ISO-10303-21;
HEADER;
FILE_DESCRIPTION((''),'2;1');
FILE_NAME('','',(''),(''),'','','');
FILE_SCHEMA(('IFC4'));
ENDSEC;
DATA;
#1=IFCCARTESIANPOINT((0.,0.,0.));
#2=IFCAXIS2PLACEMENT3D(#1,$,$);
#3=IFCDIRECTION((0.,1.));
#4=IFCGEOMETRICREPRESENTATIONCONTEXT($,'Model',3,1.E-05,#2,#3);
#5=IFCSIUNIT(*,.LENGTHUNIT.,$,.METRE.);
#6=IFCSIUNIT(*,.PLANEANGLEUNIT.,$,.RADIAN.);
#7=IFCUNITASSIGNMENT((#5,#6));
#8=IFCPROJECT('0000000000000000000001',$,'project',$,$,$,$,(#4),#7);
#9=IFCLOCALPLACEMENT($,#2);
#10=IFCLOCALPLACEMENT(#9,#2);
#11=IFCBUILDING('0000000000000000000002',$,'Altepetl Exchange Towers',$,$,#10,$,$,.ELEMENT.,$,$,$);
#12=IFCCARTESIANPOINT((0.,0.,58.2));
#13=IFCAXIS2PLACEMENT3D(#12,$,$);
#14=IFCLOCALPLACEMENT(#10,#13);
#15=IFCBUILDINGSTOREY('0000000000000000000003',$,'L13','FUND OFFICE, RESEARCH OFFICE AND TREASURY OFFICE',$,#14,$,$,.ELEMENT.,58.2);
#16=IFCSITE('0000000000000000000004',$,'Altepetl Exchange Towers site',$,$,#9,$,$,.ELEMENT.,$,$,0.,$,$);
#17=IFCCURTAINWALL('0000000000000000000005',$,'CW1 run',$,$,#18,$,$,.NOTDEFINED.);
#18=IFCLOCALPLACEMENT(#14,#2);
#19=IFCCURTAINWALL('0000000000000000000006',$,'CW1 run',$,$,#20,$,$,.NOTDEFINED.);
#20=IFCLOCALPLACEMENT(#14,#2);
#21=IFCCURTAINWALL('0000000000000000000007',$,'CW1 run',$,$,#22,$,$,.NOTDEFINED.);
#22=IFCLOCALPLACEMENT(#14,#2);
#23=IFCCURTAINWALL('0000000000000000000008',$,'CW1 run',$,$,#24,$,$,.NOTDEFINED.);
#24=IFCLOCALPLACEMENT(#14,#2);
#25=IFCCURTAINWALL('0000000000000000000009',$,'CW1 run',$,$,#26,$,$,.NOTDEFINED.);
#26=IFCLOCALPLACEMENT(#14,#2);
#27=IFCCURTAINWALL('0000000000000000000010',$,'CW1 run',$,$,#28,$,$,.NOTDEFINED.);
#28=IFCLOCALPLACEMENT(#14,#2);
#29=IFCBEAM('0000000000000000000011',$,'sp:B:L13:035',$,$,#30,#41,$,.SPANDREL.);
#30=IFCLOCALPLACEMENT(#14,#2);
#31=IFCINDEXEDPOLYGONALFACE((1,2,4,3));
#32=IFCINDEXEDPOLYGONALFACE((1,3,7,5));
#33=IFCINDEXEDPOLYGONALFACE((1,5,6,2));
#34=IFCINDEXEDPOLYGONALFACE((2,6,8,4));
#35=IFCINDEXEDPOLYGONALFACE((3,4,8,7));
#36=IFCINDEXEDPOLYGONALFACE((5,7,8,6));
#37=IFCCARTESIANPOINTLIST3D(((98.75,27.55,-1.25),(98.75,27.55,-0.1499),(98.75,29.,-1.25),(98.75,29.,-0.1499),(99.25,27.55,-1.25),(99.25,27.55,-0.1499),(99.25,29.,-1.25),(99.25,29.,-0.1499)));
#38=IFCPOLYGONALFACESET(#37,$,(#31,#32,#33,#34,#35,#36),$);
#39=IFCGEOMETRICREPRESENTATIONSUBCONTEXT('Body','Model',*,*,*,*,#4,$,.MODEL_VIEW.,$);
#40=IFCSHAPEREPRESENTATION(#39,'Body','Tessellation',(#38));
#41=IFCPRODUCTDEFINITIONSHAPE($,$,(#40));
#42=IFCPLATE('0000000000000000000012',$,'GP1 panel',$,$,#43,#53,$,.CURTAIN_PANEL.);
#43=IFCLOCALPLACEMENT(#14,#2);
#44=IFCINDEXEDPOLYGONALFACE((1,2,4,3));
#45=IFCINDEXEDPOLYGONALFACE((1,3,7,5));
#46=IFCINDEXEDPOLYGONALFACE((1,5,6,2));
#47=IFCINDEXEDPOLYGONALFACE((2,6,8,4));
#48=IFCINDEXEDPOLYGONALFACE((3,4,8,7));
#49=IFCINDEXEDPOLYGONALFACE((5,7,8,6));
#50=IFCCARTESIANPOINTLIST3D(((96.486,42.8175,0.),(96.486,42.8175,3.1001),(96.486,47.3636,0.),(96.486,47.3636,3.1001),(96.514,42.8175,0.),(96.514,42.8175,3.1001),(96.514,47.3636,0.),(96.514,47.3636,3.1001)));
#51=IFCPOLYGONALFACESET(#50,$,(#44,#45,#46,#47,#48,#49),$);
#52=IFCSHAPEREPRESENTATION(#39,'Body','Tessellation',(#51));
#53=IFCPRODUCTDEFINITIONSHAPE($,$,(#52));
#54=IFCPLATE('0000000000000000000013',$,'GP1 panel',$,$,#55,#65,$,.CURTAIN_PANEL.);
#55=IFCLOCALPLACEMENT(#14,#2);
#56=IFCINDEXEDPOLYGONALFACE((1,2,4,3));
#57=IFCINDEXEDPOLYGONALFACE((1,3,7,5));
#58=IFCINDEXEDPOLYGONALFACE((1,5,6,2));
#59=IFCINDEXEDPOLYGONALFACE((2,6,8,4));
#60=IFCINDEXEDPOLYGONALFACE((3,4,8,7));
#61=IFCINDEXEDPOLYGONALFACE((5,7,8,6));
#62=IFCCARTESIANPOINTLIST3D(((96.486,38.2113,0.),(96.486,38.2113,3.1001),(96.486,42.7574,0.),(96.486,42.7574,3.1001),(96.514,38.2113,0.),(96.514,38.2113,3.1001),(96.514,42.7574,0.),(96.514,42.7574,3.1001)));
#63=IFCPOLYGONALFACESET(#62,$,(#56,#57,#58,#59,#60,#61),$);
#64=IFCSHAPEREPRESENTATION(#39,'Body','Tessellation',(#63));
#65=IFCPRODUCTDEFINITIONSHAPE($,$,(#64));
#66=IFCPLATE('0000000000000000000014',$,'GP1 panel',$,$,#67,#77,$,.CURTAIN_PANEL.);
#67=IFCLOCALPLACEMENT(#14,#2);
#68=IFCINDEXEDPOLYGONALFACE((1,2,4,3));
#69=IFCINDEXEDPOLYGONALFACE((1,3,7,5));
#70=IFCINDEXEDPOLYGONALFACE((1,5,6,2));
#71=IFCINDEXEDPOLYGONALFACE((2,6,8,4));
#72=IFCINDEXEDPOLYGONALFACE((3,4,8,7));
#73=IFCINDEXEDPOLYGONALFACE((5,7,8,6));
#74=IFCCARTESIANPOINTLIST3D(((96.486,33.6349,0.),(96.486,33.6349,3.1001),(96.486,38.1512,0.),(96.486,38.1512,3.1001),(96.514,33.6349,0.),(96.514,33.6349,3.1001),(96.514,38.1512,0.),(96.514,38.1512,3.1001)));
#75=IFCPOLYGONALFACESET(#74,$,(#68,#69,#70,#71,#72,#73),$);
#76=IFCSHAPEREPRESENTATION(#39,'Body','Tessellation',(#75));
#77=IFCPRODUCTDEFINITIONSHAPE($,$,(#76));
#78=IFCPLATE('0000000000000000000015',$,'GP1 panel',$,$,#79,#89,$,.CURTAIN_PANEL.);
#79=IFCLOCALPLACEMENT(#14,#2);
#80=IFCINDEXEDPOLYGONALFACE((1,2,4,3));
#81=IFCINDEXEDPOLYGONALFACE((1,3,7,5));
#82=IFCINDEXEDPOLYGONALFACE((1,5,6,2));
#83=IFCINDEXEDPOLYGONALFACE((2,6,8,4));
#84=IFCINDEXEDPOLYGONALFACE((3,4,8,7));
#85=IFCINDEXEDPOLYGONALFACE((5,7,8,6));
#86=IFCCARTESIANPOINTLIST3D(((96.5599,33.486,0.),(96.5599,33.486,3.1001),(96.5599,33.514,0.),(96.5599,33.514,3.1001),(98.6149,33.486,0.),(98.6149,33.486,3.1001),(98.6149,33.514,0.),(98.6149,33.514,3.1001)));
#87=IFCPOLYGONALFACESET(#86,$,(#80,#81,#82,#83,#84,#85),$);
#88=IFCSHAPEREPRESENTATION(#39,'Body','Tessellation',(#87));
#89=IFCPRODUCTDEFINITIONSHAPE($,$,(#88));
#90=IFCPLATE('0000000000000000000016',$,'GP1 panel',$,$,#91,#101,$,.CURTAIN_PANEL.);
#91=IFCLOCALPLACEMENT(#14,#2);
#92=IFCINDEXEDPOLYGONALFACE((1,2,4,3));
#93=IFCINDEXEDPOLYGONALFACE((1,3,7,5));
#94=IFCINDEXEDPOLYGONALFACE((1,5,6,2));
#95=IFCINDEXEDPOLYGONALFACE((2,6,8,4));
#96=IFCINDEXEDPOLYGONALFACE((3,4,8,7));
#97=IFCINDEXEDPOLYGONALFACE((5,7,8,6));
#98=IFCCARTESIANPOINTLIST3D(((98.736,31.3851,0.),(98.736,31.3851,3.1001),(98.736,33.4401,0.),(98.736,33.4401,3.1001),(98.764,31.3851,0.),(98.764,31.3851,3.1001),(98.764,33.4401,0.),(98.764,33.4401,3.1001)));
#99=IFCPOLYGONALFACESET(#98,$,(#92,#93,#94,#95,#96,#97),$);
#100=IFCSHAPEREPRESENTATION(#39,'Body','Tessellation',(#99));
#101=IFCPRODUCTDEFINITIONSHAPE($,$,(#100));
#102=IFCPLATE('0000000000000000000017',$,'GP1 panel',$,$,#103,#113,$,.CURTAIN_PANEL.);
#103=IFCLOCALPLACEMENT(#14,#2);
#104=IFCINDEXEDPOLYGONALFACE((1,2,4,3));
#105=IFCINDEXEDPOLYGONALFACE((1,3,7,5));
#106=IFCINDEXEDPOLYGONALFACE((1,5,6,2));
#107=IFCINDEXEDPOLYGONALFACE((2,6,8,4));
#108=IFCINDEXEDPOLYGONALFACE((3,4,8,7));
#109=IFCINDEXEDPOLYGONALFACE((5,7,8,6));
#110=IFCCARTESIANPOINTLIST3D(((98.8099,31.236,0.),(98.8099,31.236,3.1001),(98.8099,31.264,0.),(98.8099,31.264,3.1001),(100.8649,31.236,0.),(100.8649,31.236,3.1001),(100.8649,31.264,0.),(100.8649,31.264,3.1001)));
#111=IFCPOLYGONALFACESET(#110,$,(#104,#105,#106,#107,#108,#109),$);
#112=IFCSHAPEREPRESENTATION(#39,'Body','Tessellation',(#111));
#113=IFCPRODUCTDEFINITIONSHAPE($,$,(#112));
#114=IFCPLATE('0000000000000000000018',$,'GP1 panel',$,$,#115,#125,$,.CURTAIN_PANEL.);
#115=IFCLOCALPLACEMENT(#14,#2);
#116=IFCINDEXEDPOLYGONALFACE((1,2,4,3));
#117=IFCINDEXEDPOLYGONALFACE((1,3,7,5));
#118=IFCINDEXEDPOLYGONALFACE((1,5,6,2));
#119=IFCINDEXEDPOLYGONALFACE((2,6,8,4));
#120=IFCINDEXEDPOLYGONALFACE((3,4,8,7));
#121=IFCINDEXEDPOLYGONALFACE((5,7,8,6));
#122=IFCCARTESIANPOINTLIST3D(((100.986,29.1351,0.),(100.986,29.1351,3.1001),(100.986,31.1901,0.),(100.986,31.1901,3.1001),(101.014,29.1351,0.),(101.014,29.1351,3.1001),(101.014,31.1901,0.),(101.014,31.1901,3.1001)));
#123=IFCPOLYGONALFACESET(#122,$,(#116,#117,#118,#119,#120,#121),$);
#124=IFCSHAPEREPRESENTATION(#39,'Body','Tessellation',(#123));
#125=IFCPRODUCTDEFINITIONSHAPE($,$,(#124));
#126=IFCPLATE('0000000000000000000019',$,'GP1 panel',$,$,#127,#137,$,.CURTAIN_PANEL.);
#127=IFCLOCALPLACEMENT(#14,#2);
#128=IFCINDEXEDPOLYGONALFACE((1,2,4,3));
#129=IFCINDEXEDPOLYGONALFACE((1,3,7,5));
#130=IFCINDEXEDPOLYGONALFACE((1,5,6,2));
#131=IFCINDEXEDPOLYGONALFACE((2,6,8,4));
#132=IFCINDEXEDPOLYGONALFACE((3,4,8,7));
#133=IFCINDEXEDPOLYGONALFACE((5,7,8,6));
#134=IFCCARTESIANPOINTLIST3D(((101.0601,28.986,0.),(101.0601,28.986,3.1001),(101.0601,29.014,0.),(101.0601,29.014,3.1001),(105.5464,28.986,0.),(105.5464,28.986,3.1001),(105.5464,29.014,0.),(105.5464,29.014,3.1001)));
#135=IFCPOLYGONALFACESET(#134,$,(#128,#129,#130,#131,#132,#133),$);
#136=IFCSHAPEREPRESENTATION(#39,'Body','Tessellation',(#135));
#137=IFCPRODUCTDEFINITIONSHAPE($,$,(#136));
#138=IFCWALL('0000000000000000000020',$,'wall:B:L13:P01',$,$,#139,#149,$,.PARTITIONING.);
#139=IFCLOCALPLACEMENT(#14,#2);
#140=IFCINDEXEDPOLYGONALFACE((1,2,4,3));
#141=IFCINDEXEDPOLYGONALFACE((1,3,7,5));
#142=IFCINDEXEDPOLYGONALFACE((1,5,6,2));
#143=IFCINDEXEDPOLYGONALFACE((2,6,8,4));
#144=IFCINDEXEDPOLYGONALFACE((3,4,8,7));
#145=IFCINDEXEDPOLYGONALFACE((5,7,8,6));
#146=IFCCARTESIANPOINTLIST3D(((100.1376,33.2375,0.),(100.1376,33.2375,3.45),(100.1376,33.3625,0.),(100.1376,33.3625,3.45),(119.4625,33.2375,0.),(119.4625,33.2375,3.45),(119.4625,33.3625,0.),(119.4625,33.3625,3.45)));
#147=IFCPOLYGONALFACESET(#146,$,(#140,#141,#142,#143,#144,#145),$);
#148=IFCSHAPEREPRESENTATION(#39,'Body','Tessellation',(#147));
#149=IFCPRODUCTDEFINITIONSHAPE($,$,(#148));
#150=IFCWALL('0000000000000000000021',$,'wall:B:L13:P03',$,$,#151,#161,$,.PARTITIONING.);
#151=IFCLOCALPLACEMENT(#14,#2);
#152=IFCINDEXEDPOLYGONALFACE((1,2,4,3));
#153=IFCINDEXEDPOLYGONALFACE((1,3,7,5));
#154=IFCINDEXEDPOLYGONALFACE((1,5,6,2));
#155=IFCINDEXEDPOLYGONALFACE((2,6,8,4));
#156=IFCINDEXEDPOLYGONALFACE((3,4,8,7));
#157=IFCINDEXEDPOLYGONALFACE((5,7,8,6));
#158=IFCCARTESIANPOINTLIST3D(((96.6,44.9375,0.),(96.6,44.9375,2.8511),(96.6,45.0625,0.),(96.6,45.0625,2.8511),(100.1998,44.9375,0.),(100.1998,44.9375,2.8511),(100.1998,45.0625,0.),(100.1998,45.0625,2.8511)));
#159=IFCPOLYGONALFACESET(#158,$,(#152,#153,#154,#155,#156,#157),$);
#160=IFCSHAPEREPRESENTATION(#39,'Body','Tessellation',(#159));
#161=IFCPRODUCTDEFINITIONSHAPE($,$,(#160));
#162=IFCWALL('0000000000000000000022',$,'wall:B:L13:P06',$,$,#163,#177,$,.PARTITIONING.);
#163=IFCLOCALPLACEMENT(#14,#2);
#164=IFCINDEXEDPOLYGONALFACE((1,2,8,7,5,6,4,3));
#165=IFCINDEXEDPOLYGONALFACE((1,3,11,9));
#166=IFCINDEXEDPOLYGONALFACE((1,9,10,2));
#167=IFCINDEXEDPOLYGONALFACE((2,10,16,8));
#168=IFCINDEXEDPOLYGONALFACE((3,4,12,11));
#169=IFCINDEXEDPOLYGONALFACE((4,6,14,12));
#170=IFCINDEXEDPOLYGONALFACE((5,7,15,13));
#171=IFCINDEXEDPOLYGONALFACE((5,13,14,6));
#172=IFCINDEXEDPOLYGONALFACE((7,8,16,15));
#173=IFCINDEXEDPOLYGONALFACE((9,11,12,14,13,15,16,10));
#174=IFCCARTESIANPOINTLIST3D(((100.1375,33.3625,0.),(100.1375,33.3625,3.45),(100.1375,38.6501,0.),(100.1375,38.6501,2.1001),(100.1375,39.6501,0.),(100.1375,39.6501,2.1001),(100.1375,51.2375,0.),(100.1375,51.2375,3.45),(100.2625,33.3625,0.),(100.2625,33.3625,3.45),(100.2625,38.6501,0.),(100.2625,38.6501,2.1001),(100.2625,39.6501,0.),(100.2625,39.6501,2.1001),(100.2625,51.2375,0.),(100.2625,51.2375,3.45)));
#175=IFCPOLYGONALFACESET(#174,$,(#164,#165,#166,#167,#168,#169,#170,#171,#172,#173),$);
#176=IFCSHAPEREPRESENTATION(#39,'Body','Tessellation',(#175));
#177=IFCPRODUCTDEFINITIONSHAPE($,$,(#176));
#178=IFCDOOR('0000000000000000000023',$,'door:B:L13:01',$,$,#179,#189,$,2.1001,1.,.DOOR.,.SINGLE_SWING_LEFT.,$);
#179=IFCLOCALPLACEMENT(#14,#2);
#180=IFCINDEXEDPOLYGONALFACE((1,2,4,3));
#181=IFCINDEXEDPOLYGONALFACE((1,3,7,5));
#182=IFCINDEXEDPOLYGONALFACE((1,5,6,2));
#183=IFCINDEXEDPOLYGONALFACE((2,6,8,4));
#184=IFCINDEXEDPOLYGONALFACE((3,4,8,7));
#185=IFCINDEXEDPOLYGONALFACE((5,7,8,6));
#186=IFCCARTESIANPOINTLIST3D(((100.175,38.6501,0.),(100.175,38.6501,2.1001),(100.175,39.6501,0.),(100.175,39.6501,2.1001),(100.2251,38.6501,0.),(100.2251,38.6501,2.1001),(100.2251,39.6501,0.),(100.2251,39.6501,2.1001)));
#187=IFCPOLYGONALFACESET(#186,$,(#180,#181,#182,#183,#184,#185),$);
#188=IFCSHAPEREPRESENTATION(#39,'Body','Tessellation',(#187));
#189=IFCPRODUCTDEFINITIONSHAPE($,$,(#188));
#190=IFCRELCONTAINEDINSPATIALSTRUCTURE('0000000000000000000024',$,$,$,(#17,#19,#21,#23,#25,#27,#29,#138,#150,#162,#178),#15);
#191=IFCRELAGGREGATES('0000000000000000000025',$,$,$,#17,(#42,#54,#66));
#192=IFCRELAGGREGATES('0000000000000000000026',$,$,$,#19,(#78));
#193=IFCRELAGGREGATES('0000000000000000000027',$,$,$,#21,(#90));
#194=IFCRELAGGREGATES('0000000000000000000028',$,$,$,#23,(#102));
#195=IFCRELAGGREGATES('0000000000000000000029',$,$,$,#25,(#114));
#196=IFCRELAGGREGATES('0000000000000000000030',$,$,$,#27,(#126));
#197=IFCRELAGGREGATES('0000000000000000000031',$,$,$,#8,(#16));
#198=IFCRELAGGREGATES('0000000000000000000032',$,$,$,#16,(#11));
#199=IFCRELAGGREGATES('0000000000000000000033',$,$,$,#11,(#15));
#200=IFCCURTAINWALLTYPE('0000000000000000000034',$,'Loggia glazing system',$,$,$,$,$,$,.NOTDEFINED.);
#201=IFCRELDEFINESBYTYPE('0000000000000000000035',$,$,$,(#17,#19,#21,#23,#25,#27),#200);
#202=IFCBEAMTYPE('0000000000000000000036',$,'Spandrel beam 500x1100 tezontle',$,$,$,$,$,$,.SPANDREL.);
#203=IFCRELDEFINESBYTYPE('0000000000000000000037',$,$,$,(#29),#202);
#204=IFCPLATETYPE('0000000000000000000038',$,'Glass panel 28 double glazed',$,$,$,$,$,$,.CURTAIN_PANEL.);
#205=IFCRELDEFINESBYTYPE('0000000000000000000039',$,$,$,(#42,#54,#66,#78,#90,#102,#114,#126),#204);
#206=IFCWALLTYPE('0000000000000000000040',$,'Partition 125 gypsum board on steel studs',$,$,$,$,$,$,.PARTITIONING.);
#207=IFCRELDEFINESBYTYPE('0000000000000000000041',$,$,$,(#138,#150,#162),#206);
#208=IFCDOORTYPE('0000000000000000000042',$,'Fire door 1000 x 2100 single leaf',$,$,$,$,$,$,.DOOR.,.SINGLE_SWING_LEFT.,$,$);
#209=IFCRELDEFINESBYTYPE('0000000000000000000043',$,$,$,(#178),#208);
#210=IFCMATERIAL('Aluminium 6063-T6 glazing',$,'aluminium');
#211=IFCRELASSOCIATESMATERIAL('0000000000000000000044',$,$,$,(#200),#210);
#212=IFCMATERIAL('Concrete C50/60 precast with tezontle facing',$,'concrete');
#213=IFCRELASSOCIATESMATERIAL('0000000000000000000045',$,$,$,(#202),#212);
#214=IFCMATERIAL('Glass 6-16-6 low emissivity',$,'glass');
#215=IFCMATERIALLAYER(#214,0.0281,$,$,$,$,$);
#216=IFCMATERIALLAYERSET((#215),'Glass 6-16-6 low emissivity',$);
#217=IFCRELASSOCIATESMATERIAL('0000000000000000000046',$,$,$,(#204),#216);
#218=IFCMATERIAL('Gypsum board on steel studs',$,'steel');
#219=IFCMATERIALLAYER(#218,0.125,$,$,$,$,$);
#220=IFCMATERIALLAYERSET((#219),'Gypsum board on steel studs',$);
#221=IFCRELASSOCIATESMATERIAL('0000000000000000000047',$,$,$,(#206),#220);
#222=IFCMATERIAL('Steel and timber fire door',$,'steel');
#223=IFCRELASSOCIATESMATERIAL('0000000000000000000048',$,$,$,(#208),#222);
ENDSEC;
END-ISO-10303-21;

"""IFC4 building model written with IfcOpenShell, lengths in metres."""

from ifc_helpers import new_model, si_unit, direction, frame, frame_2d, origin, origin_2d, place, context, subcontext, project, spatial, rectangle, extrude, material, layer, layer_set, material_profile, profile_set, type_object, element, fill, aggregate, save


model = new_model("IFC4")

# Units and contexts
model_context = context("Model", 3, precision=1e-05, world=origin(), true_north=direction((0.0, 1.0)))
body_context = subcontext(model_context, "Body", "Model", "MODEL_VIEW")
ifc_project = project(units=[si_unit("LENGTHUNIT", "METRE"), si_unit("PLANEANGLEUNIT", "RADIAN")], contexts=[model_context])

# Site, building, storey
site_placement = place(None, origin())
site = spatial("IfcSite", under=ifc_project, at=site_placement, Name="Altepetl Exchange Towers site", CompositionType="ELEMENT", RefElevation=0.0)
building_placement = place(site_placement, origin())
building = spatial("IfcBuilding", under=site, at=building_placement, Name="Altepetl Exchange Towers", CompositionType="ELEMENT")
storey_placement = place(building_placement, frame((0.0, 0.0, 58.2)))
storey = spatial("IfcBuildingStorey", under=building, at=storey_placement, Name="L13", Description="FUND OFFICE, RESEARCH OFFICE AND TREASURY OFFICE", CompositionType="ELEMENT", Elevation=58.2)

# Curtain walls
ifc_material_1 = material(Name="Aluminium 6063-T6 glazing", Category="aluminium")
curtain_wall_type = type_object("IfcCurtainWallType", Name="Loggia glazing system", PredefinedType="NOTDEFINED", material=ifc_material_1)
curtain_wall_1_placement = place(storey_placement, origin())
curtain_wall_1 = element("IfcCurtainWall", 1, at=curtain_wall_1_placement, inside=storey, type_object=curtain_wall_type, Name="CW1 run", PredefinedType="NOTDEFINED")
curtain_wall_2_placement = place(storey_placement, origin())
curtain_wall_2 = element("IfcCurtainWall", 2, at=curtain_wall_2_placement, inside=storey, type_object=curtain_wall_type, Name="CW1 run", PredefinedType="NOTDEFINED")
curtain_wall_3_placement = place(storey_placement, origin())
curtain_wall_3 = element("IfcCurtainWall", 3, at=curtain_wall_3_placement, inside=storey, type_object=curtain_wall_type, Name="CW1 run", PredefinedType="NOTDEFINED")
curtain_wall_4_placement = place(storey_placement, origin())
curtain_wall_4 = element("IfcCurtainWall", 4, at=curtain_wall_4_placement, inside=storey, type_object=curtain_wall_type, Name="CW1 run", PredefinedType="NOTDEFINED")
curtain_wall_5_placement = place(storey_placement, origin())
curtain_wall_5 = element("IfcCurtainWall", 5, at=curtain_wall_5_placement, inside=storey, type_object=curtain_wall_type, Name="CW1 run", PredefinedType="NOTDEFINED")

# Curtain wall
curtain_wall_6_placement = place(storey_placement, origin())
curtain_wall_6 = element("IfcCurtainWall", 6, at=curtain_wall_6_placement, inside=storey, type_object=curtain_wall_type, Name="CW1 run", PredefinedType="NOTDEFINED")

# Beam
ifc_material_2 = material(Name="Concrete C50/60 precast with tezontle facing", Category="concrete")
ifc_material_profile_1 = material_profile(ifc_material_2, rectangle(XDim=0.5, YDim=1.1001, at=origin_2d()), Name="500 x 1100")
ifc_profile_set_1 = profile_set([ifc_material_profile_1], Name="Concrete C50/60 precast with tezontle facing")
beam_type_1 = type_object("IfcBeamType", Name="Spandrel beam 500x1100 tezontle", PredefinedType="SPANDREL", material=ifc_profile_set_1)
beam_1_placement = place(storey_placement, frame((99.0, 29.0, -0.7), z_axis=(0.0, -1.0, 0.0), x_axis=(1.0, 0.0, 0.0)))
element("IfcBeam", 7, at=beam_1_placement, inside=storey, type_object=beam_type_1, Name="sp:B:L13:035", PredefinedType="SPANDREL", context=body_context, shape_type="SweptSolid", body=[
    extrude(rectangle(XDim=0.5, YDim=1.1001, at=origin_2d()), origin(), (0.0, 0.0, 1.0), 1.45),
])

# Plates
ifc_material_3 = material(Name="Glass 6-16-6 low emissivity", Category="glass")
ifc_layer_1 = layer(ifc_material_3, 0.0281)
ifc_layer_set_1 = layer_set([ifc_layer_1], Name="Glass 6-16-6 low emissivity")
plate_type = type_object("IfcPlateType", Name="Glass panel 28 double glazed", PredefinedType="CURTAIN_PANEL", material=ifc_layer_set_1)
plate_1_placement = place(storey_placement, frame((96.5, 45.0906, 0.0), z_axis=(0.0, 0.0, 1.0), x_axis=(0.0, -1.0, 0.0)))
plate_1 = element("IfcPlate", 8, at=plate_1_placement, type_object=plate_type, Name="GP1 panel", PredefinedType="CURTAIN_PANEL", context=body_context, shape_type="SweptSolid", body=[
    extrude(rectangle(XDim=4.5461, YDim=0.0281, at=origin_2d()), origin(), (0.0, 0.0, 1.0), 3.1001),
])
plate_2_placement = place(storey_placement, frame((96.5, 40.4844, 0.0), z_axis=(0.0, 0.0, 1.0), x_axis=(0.0, -1.0, 0.0)))
plate_2 = element("IfcPlate", 9, at=plate_2_placement, type_object=plate_type, Name="GP1 panel", PredefinedType="CURTAIN_PANEL", context=body_context, shape_type="SweptSolid", body=[
    extrude(rectangle(XDim=4.5461, YDim=0.0281, at=origin_2d()), origin(), (0.0, 0.0, 1.0), 3.1001),
])
plate_3_placement = place(storey_placement, frame((96.5, 35.8931, 0.0), z_axis=(0.0, 0.0, 1.0), x_axis=(0.0, -1.0, 0.0)))
plate_3 = element("IfcPlate", 10, at=plate_3_placement, type_object=plate_type, Name="GP1 panel", PredefinedType="CURTAIN_PANEL", context=body_context, shape_type="SweptSolid", body=[
    extrude(rectangle(XDim=4.5164, YDim=0.0281, at=origin_2d()), origin(), (0.0, 0.0, 1.0), 3.1001),
])
aggregate(curtain_wall_1, [plate_1, plate_2, plate_3])
plate_4_placement = place(storey_placement, frame((97.5874, 33.5, 0.0)))
plate_4 = element("IfcPlate", 11, at=plate_4_placement, type_object=plate_type, Name="GP1 panel", PredefinedType="CURTAIN_PANEL", context=body_context, shape_type="SweptSolid", body=[
    extrude(rectangle(XDim=2.0549, YDim=0.0281, at=origin_2d()), origin(), (0.0, 0.0, 1.0), 3.1001),
])
aggregate(curtain_wall_2, [plate_4])
plate_5_placement = place(storey_placement, frame((98.75, 32.4126, 0.0), z_axis=(0.0, 0.0, 1.0), x_axis=(0.0, -1.0, 0.0)))
plate_5 = element("IfcPlate", 12, at=plate_5_placement, type_object=plate_type, Name="GP1 panel", PredefinedType="CURTAIN_PANEL", context=body_context, shape_type="SweptSolid", body=[
    extrude(rectangle(XDim=2.0549, YDim=0.0281, at=origin_2d()), origin(), (0.0, 0.0, 1.0), 3.1001),
])
aggregate(curtain_wall_3, [plate_5])
plate_6_placement = place(storey_placement, frame((99.8374, 31.25, 0.0)))
plate_6 = element("IfcPlate", 13, at=plate_6_placement, type_object=plate_type, Name="GP1 panel", PredefinedType="CURTAIN_PANEL", context=body_context, shape_type="SweptSolid", body=[
    extrude(rectangle(XDim=2.0549, YDim=0.0281, at=origin_2d()), origin(), (0.0, 0.0, 1.0), 3.1001),
])
aggregate(curtain_wall_4, [plate_6])
plate_7_placement = place(storey_placement, frame((101.0, 30.1626, 0.0), z_axis=(0.0, 0.0, 1.0), x_axis=(0.0, -1.0, 0.0)))
plate_7 = element("IfcPlate", 14, at=plate_7_placement, type_object=plate_type, Name="GP1 panel", PredefinedType="CURTAIN_PANEL", context=body_context, shape_type="SweptSolid", body=[
    extrude(rectangle(XDim=2.0549, YDim=0.0281, at=origin_2d()), origin(), (0.0, 0.0, 1.0), 3.1001),
])
aggregate(curtain_wall_5, [plate_7])
plate_8_placement = place(storey_placement, frame((103.3032, 29.0, 0.0)))
plate_8 = element("IfcPlate", 15, at=plate_8_placement, type_object=plate_type, Name="GP1 panel", PredefinedType="CURTAIN_PANEL", context=body_context, shape_type="SweptSolid", body=[
    extrude(rectangle(XDim=4.4863, YDim=0.0281, at=origin_2d()), origin(), (0.0, 0.0, 1.0), 3.1001),
])
aggregate(curtain_wall_6, [plate_8])

# Walls
ifc_material_4 = material(Name="Gypsum board on steel studs", Category="steel")
ifc_layer_2 = layer(ifc_material_4, 0.125)
ifc_layer_set_2 = layer_set([ifc_layer_2], Name="Gypsum board on steel studs")
wall_type = type_object("IfcWallType", Name="Partition 125 gypsum board on steel studs", PredefinedType="PARTITIONING", material=ifc_layer_set_2)
wall_1_placement = place(storey_placement, frame((100.1375, 33.3, 0.0)))
element("IfcWall", 16, at=wall_1_placement, inside=storey, type_object=wall_type, Name="wall:B:L13:P01", PredefinedType="PARTITIONING", context=body_context, shape_type="SweptSolid", body=[
    extrude(rectangle(XDim=19.325, YDim=0.125, at=frame_2d((9.6626, 0.0))), origin(), (0.0, 0.0, 1.0), 3.45),
])
wall_2_placement = place(storey_placement, frame((96.6001, 45.0, 0.0)))
element("IfcWall", 17, at=wall_2_placement, inside=storey, type_object=wall_type, Name="wall:B:L13:P03", PredefinedType="PARTITIONING", context=body_context, shape_type="SweptSolid", body=[
    extrude(rectangle(XDim=3.5999, YDim=0.125, at=frame_2d((1.7998, 0.0))), origin(), (0.0, 0.0, 1.0), 2.8511),
])

# Wall, opening, door
wall_3_placement = place(storey_placement, frame((100.2, 33.3625, 0.0), z_axis=(0.0, 0.0, 1.0), x_axis=(0.0, 1.0, 0.0)))
wall_3 = element("IfcWall", 18, at=wall_3_placement, inside=storey, type_object=wall_type, Name="wall:B:L13:P06", PredefinedType="PARTITIONING", context=body_context, shape_type="SweptSolid", body=[
    extrude(rectangle(XDim=17.875, YDim=0.125, at=frame_2d((8.9375, 0.0))), origin(), (0.0, 0.0, 1.0), 3.45),
])
opening_placement = place(wall_3_placement, frame((5.2876, 0.0, 0.0)))
opening = element("IfcOpeningElement", 19, at=opening_placement, cuts=wall_3, PredefinedType="OPENING", context=body_context, shape_type="SweptSolid", body=[
    extrude(rectangle(XDim=1.0, YDim=2.1001, at=frame_2d((0.5, 1.05))), frame((0.0, 0.0725, 0.0), z_axis=(0.0, -1.0, 0.0), x_axis=(1.0, 0.0, 0.0)), (0.0, 0.0, 1.0), 0.145),
])
ifc_material_5 = material(Name="Steel and timber fire door", Category="steel")
door_type = type_object("IfcDoorType", Name="Fire door 1000 x 2100 single leaf", OperationType="SINGLE_SWING_LEFT", PredefinedType="DOOR", material=ifc_material_5)
door_placement = place(opening_placement, origin())
door = element("IfcDoor", 20, at=door_placement, inside=storey, type_object=door_type, Name="door:B:L13:01", OperationType="SINGLE_SWING_LEFT", OverallHeight=2.1001, OverallWidth=1.0, PredefinedType="DOOR", context=body_context, shape_type="SweptSolid", body=[
    extrude(rectangle(XDim=1.0, YDim=2.1001, at=frame_2d((0.5, 1.05))), frame((0.0, 0.0249, 0.0), z_axis=(0.0, -1.0, 0.0), x_axis=(1.0, 0.0, 0.0)), (0.0, 0.0, 1.0), 0.05),
])
fill(opening, door)

save(model, "model.ifc")
